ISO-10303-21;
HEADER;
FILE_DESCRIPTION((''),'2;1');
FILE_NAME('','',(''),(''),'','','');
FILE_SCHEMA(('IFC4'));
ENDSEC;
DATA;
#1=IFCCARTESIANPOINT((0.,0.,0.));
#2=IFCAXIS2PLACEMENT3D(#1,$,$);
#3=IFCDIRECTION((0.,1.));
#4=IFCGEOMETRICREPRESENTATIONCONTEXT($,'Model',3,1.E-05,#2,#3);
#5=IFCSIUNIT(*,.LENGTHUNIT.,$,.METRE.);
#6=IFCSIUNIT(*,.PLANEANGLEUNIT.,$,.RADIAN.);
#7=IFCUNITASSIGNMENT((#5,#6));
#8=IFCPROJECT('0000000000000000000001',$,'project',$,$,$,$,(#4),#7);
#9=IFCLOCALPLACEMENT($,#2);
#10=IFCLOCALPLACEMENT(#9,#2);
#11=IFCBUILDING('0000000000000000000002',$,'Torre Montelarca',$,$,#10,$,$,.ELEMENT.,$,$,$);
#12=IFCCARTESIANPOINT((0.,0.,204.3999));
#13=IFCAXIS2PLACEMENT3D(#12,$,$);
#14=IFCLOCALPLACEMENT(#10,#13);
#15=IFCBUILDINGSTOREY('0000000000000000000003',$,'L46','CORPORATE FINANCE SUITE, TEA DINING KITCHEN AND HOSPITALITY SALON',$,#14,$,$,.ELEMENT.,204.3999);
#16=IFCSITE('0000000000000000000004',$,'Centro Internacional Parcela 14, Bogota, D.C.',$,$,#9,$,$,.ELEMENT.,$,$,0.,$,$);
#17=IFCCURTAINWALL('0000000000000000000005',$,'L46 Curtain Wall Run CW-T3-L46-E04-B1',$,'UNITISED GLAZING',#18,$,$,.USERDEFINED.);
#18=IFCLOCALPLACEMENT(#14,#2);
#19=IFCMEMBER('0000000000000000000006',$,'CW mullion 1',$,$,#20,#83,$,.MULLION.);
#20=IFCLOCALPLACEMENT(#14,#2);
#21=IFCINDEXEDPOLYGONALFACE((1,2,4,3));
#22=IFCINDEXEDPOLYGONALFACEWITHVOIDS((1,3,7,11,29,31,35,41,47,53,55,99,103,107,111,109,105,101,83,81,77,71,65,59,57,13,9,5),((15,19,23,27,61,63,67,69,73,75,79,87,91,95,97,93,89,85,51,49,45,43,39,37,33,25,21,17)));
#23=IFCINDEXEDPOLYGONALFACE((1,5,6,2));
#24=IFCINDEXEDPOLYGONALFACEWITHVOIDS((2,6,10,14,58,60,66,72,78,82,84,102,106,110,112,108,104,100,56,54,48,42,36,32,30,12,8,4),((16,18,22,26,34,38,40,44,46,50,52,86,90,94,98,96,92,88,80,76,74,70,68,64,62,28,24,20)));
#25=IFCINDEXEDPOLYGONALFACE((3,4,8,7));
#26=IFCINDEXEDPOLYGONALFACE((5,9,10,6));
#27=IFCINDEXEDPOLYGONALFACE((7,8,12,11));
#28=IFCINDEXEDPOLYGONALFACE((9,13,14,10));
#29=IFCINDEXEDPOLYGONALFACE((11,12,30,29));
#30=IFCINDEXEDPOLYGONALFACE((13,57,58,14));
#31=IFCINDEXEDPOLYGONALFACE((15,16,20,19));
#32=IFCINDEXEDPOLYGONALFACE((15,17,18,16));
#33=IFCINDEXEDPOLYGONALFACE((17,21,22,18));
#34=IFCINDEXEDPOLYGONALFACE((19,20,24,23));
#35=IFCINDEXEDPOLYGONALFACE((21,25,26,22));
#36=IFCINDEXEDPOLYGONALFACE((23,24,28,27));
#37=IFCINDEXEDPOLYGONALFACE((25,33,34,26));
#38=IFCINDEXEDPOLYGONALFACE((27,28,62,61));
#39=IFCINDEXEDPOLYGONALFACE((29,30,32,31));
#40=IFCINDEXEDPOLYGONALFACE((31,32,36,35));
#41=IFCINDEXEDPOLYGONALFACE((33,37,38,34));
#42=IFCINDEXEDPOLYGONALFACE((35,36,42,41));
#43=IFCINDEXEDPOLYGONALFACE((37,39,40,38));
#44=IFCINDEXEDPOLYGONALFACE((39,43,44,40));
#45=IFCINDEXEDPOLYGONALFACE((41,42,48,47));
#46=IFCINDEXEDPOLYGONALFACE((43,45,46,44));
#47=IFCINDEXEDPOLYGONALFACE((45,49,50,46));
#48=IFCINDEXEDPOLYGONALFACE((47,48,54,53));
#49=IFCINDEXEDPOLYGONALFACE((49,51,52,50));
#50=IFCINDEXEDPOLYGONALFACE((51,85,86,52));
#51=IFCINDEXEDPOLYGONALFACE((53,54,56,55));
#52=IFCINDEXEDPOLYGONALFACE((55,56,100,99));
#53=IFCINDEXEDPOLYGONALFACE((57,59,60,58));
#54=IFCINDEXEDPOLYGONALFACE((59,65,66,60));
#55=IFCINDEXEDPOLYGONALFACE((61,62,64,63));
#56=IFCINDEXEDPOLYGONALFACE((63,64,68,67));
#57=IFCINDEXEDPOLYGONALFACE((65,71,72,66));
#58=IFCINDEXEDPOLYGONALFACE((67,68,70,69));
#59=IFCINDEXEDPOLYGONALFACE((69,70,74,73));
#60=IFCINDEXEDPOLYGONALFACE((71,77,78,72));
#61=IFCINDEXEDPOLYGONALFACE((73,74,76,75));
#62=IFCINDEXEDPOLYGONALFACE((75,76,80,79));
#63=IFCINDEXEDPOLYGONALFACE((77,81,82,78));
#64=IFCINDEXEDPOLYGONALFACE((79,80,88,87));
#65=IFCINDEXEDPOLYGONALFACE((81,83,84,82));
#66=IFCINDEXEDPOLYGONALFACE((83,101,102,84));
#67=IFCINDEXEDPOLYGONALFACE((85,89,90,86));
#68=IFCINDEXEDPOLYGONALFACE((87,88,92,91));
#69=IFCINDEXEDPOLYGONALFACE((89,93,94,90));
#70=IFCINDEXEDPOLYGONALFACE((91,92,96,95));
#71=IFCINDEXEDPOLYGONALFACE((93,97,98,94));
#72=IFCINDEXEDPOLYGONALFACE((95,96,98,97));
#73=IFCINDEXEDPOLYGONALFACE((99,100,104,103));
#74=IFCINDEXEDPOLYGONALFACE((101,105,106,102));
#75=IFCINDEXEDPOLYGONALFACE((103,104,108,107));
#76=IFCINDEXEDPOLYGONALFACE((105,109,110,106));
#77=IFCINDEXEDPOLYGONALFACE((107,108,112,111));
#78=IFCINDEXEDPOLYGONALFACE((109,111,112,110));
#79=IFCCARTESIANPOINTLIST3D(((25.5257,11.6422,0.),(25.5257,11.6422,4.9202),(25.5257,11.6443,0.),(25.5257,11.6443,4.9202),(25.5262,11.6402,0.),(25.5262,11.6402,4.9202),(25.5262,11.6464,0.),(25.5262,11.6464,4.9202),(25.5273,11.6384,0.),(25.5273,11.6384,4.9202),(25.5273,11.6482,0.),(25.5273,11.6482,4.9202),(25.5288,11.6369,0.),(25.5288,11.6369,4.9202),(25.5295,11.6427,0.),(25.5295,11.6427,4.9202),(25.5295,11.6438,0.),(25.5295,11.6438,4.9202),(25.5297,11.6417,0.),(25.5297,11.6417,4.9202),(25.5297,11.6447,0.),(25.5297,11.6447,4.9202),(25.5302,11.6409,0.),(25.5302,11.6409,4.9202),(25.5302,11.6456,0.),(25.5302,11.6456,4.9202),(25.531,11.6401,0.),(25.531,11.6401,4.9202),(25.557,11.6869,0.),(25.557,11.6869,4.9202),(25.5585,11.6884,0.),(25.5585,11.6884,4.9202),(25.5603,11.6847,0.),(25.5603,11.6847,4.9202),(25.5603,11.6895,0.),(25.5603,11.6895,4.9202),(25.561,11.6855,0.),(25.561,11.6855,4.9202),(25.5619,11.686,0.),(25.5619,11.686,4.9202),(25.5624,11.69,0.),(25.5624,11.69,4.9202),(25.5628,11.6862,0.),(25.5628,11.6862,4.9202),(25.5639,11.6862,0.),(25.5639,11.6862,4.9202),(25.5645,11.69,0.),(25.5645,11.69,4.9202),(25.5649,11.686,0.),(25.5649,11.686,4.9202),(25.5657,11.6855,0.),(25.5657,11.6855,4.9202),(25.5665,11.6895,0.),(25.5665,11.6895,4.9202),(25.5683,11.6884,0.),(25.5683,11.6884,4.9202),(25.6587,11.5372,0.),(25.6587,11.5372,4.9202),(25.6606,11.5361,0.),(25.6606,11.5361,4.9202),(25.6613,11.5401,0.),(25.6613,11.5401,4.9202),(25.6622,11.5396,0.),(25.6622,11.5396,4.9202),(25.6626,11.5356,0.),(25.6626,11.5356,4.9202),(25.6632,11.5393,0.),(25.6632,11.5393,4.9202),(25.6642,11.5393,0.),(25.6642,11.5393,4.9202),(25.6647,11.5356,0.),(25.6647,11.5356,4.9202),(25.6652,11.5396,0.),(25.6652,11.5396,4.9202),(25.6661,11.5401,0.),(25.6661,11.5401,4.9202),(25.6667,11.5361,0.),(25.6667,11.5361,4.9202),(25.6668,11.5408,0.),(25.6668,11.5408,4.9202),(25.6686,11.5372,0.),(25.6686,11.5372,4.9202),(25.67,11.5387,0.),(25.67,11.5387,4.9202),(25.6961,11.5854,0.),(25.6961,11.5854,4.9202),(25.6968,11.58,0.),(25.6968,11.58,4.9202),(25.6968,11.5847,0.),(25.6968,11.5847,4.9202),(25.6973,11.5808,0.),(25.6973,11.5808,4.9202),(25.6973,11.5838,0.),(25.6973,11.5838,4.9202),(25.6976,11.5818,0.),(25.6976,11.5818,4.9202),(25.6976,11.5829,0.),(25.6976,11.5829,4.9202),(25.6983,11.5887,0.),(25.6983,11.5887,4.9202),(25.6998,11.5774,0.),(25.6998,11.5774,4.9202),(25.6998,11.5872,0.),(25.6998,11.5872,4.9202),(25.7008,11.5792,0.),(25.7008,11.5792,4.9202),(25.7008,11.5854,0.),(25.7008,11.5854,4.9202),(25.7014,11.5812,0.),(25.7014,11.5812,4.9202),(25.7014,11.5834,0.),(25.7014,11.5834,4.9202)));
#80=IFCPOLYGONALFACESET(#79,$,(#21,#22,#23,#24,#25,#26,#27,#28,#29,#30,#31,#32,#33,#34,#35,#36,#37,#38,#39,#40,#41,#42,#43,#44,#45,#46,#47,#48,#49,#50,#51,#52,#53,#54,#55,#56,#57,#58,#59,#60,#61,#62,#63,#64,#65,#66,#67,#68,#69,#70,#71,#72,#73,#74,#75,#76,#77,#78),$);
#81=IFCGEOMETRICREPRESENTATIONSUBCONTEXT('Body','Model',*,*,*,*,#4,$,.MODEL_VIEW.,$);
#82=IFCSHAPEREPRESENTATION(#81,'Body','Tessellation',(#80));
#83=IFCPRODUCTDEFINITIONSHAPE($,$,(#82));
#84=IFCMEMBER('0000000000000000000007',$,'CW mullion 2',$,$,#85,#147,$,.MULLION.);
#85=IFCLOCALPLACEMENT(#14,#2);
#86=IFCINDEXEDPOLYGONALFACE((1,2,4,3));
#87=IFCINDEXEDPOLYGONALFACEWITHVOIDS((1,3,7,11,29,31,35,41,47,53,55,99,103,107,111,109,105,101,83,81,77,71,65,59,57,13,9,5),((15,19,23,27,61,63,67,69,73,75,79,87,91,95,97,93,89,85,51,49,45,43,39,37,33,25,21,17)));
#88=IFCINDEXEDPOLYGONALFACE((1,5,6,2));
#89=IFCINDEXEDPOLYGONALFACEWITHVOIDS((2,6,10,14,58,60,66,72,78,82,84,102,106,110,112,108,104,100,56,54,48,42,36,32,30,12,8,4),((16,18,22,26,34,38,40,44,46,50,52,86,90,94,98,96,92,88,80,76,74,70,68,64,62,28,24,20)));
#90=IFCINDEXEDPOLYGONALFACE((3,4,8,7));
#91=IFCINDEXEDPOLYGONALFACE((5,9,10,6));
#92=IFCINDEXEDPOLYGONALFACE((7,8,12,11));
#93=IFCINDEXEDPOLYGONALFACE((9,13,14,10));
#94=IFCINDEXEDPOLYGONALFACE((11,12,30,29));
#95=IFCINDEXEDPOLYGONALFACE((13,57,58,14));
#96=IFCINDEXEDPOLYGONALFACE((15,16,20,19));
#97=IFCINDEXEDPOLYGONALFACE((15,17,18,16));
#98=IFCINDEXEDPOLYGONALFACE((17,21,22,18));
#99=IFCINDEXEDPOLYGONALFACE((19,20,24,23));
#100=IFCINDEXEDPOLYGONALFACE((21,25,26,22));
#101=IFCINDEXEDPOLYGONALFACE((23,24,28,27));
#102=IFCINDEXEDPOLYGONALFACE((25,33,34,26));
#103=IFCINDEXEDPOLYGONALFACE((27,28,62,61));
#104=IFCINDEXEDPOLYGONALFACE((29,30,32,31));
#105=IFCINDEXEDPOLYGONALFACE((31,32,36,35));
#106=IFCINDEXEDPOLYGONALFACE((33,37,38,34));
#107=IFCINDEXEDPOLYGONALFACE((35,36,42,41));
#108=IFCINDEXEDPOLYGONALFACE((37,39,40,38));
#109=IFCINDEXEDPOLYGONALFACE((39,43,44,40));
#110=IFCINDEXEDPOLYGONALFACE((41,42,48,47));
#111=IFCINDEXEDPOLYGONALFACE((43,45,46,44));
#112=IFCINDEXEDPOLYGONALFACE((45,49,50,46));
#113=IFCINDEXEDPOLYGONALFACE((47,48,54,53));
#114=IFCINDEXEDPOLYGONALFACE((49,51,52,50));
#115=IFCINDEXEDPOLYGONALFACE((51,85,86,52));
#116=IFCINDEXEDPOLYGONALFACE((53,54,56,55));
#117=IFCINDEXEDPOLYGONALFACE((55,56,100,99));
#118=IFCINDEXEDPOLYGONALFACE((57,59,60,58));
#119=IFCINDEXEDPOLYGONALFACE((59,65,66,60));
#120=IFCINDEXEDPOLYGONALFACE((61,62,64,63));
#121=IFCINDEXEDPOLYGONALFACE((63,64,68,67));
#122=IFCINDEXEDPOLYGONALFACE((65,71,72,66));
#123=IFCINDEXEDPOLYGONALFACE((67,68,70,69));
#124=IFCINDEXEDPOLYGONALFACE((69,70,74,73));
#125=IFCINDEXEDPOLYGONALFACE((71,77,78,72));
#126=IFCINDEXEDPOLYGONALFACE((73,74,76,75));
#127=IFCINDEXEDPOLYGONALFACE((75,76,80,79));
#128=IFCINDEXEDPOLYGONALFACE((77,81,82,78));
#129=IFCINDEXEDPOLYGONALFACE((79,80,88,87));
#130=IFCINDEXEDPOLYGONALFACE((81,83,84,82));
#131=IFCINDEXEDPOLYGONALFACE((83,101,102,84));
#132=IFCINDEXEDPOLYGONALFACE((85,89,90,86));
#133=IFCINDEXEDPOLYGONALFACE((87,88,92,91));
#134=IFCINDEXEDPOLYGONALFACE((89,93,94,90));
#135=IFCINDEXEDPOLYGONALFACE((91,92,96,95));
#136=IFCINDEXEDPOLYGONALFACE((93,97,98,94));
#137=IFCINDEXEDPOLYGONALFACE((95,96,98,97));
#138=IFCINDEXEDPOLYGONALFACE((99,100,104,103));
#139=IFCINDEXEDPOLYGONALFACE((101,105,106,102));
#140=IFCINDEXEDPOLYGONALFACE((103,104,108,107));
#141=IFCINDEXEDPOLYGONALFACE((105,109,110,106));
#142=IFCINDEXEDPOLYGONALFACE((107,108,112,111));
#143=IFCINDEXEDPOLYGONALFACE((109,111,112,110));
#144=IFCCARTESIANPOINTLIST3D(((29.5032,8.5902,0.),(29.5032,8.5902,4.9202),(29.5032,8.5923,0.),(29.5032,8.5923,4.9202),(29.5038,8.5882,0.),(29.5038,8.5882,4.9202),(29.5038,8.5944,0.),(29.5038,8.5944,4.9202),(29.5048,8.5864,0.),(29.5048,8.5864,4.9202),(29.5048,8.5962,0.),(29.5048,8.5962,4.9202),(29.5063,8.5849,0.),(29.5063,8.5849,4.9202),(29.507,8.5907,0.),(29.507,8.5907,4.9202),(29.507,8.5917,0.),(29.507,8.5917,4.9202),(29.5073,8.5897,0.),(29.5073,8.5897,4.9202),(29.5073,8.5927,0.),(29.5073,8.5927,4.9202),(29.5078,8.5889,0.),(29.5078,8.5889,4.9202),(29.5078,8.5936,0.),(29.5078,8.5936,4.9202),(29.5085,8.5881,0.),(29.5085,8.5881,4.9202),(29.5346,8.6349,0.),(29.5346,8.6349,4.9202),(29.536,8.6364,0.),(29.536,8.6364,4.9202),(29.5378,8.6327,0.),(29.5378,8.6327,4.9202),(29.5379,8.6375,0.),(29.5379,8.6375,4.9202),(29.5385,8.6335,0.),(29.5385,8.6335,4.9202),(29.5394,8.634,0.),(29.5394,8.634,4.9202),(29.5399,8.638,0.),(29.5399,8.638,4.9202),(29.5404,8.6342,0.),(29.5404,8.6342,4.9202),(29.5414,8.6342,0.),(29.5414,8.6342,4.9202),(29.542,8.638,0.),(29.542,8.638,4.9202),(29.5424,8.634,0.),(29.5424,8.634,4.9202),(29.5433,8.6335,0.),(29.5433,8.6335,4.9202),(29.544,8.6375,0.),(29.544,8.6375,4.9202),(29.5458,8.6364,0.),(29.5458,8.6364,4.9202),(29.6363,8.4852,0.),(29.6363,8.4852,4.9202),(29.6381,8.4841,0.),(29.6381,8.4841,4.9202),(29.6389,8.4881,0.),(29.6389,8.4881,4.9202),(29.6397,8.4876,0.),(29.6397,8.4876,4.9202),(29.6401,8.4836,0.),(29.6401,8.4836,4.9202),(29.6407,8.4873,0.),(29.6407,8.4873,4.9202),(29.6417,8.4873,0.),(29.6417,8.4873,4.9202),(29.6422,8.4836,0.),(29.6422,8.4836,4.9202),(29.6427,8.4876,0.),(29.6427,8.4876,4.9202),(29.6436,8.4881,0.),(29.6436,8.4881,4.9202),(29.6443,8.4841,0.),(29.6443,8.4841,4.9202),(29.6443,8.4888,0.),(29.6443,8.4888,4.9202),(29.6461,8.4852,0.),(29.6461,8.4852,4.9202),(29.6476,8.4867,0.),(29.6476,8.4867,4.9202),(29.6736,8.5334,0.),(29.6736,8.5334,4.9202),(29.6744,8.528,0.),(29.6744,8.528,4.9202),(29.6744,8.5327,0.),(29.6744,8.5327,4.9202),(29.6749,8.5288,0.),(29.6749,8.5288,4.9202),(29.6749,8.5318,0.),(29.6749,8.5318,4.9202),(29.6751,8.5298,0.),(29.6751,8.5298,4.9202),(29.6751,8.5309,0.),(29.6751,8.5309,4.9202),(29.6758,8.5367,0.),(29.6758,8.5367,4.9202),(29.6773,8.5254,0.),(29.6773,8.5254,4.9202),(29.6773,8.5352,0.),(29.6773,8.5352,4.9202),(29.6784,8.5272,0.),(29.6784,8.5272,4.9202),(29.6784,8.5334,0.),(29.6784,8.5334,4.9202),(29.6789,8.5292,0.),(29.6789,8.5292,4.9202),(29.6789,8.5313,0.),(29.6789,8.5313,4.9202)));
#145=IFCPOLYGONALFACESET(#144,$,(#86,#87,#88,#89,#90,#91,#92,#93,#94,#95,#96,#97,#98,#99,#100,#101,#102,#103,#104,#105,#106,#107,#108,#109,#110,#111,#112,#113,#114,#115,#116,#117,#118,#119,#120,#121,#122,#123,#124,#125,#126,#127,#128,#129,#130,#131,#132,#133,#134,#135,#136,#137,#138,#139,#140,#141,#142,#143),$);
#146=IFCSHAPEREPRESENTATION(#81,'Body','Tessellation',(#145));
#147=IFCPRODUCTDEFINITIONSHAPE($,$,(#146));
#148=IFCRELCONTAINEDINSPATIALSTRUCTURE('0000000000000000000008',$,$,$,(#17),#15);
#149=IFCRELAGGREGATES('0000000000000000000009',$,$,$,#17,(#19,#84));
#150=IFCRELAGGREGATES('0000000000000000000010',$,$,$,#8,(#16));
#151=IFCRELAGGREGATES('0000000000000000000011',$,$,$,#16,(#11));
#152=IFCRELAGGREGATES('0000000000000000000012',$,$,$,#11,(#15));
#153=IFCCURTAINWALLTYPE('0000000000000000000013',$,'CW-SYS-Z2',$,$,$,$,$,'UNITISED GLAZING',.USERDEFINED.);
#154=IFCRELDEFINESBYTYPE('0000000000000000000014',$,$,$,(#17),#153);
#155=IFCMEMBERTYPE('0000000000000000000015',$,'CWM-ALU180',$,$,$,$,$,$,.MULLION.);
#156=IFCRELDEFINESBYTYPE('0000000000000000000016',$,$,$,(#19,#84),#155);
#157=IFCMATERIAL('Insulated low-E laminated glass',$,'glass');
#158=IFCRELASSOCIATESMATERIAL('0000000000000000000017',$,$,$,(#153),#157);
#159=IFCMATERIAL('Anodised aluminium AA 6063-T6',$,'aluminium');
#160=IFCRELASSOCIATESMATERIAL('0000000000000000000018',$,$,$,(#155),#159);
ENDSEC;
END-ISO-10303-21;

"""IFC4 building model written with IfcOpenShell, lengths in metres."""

from ifc_helpers import new_model, si_unit, direction, frame, origin, origin_2d, place, context, subcontext, project, spatial, hollow_rectangle, extrude, source, transform, mapped, material, material_profile, profile_set, type_object, element, aggregate, save


model = new_model("IFC4")

# Units and contexts
model_context = context("Model", 3, precision=1e-05, world=origin(), true_north=direction((0.0, 1.0)))
body_context = subcontext(model_context, "Body", "Model", "MODEL_VIEW")
ifc_project = project(units=[si_unit("LENGTHUNIT", "METRE"), si_unit("PLANEANGLEUNIT", "RADIAN")], contexts=[model_context])

# Site, building, storey
site_placement = place(None, origin())
site = spatial("IfcSite", under=ifc_project, at=site_placement, Name="Centro Internacional Parcela 14, Bogota, D.C.", CompositionType="ELEMENT", RefElevation=0.0)
building_placement = place(site_placement, origin())
building = spatial("IfcBuilding", under=site, at=building_placement, Name="Torre Montelarca", CompositionType="ELEMENT")
storey_placement = place(building_placement, frame((0.0, 0.0, 204.3999)))
storey = spatial("IfcBuildingStorey", under=building, at=storey_placement, Name="L46", Description="CORPORATE FINANCE SUITE, TEA DINING KITCHEN AND HOSPITALITY SALON", CompositionType="ELEMENT", Elevation=204.3999)

# Curtain wall, members
ifc_material_1 = material(Name="Insulated low-E laminated glass", Category="glass")
curtain_wall_type = type_object("IfcCurtainWallType", Name="CW-SYS-Z2", ElementType="UNITISED GLAZING", PredefinedType="USERDEFINED", material=ifc_material_1)
ifc_material_2 = material(Name="Anodised aluminium AA 6063-T6", Category="aluminium")
ifc_material_profile_1 = material_profile(ifc_material_2, hollow_rectangle(XDim=0.0649, YDim=0.1799, WallThickness=0.0039, InnerFilletRadius=0.0039, OuterFilletRadius=0.0081, at=origin_2d()), Name="ALU65X180X4", Category="aluminium")
ifc_profile_set_1 = profile_set([ifc_material_profile_1], Name="Anodised aluminium AA 6063-T6")
member_type_1 = type_object("IfcMemberType", Name="CWM-ALU180", PredefinedType="MULLION", material=ifc_profile_set_1)
shared_shape_1 = source(origin(), body_context, "Body", "SweptSolid", [
    extrude(hollow_rectangle(XDim=0.0649, YDim=0.1799, WallThickness=0.0039, InnerFilletRadius=0.0039, OuterFilletRadius=0.0081, at=origin_2d()), origin(), (0.0, 0.0, 1.0), 4.9202),
])
curtain_wall_1_placement = place(storey_placement, origin())
curtain_wall_1 = element("IfcCurtainWall", 1, at=curtain_wall_1_placement, inside=storey, type_object=curtain_wall_type, Name="L46 Curtain Wall Run CW-T3-L46-E04-B1", ObjectType="UNITISED GLAZING", PredefinedType="USERDEFINED")
member_1_placement = place(storey_placement, frame((25.6135, 11.6128, 0.0), z_axis=(0.0, 0.0, 1.0), x_axis=(0.608758, 0.793356, 0.0)))
member_1 = element("IfcMember", 2, at=member_1_placement, type_object=member_type_1, Name="CW mullion 1", PredefinedType="MULLION", context=body_context, shape_type="MappedRepresentation", body=[
    mapped(shared_shape_1, transform((0.0, 0.0, 0.0), scale=1.0)),
])
member_2_placement = place(storey_placement, frame((29.5911, 8.5608, 0.0), z_axis=(0.0, 0.0, 1.0), x_axis=(0.608758, 0.793356, 0.0)))
member_2 = element("IfcMember", 3, at=member_2_placement, type_object=member_type_1, Name="CW mullion 2", PredefinedType="MULLION", context=body_context, shape_type="MappedRepresentation", body=[
    mapped(shared_shape_1, transform((0.0, 0.0, 0.0), scale=1.0)),
])

aggregate(curtain_wall_1, [member_1, member_2])

save(model, "model.ifc")
